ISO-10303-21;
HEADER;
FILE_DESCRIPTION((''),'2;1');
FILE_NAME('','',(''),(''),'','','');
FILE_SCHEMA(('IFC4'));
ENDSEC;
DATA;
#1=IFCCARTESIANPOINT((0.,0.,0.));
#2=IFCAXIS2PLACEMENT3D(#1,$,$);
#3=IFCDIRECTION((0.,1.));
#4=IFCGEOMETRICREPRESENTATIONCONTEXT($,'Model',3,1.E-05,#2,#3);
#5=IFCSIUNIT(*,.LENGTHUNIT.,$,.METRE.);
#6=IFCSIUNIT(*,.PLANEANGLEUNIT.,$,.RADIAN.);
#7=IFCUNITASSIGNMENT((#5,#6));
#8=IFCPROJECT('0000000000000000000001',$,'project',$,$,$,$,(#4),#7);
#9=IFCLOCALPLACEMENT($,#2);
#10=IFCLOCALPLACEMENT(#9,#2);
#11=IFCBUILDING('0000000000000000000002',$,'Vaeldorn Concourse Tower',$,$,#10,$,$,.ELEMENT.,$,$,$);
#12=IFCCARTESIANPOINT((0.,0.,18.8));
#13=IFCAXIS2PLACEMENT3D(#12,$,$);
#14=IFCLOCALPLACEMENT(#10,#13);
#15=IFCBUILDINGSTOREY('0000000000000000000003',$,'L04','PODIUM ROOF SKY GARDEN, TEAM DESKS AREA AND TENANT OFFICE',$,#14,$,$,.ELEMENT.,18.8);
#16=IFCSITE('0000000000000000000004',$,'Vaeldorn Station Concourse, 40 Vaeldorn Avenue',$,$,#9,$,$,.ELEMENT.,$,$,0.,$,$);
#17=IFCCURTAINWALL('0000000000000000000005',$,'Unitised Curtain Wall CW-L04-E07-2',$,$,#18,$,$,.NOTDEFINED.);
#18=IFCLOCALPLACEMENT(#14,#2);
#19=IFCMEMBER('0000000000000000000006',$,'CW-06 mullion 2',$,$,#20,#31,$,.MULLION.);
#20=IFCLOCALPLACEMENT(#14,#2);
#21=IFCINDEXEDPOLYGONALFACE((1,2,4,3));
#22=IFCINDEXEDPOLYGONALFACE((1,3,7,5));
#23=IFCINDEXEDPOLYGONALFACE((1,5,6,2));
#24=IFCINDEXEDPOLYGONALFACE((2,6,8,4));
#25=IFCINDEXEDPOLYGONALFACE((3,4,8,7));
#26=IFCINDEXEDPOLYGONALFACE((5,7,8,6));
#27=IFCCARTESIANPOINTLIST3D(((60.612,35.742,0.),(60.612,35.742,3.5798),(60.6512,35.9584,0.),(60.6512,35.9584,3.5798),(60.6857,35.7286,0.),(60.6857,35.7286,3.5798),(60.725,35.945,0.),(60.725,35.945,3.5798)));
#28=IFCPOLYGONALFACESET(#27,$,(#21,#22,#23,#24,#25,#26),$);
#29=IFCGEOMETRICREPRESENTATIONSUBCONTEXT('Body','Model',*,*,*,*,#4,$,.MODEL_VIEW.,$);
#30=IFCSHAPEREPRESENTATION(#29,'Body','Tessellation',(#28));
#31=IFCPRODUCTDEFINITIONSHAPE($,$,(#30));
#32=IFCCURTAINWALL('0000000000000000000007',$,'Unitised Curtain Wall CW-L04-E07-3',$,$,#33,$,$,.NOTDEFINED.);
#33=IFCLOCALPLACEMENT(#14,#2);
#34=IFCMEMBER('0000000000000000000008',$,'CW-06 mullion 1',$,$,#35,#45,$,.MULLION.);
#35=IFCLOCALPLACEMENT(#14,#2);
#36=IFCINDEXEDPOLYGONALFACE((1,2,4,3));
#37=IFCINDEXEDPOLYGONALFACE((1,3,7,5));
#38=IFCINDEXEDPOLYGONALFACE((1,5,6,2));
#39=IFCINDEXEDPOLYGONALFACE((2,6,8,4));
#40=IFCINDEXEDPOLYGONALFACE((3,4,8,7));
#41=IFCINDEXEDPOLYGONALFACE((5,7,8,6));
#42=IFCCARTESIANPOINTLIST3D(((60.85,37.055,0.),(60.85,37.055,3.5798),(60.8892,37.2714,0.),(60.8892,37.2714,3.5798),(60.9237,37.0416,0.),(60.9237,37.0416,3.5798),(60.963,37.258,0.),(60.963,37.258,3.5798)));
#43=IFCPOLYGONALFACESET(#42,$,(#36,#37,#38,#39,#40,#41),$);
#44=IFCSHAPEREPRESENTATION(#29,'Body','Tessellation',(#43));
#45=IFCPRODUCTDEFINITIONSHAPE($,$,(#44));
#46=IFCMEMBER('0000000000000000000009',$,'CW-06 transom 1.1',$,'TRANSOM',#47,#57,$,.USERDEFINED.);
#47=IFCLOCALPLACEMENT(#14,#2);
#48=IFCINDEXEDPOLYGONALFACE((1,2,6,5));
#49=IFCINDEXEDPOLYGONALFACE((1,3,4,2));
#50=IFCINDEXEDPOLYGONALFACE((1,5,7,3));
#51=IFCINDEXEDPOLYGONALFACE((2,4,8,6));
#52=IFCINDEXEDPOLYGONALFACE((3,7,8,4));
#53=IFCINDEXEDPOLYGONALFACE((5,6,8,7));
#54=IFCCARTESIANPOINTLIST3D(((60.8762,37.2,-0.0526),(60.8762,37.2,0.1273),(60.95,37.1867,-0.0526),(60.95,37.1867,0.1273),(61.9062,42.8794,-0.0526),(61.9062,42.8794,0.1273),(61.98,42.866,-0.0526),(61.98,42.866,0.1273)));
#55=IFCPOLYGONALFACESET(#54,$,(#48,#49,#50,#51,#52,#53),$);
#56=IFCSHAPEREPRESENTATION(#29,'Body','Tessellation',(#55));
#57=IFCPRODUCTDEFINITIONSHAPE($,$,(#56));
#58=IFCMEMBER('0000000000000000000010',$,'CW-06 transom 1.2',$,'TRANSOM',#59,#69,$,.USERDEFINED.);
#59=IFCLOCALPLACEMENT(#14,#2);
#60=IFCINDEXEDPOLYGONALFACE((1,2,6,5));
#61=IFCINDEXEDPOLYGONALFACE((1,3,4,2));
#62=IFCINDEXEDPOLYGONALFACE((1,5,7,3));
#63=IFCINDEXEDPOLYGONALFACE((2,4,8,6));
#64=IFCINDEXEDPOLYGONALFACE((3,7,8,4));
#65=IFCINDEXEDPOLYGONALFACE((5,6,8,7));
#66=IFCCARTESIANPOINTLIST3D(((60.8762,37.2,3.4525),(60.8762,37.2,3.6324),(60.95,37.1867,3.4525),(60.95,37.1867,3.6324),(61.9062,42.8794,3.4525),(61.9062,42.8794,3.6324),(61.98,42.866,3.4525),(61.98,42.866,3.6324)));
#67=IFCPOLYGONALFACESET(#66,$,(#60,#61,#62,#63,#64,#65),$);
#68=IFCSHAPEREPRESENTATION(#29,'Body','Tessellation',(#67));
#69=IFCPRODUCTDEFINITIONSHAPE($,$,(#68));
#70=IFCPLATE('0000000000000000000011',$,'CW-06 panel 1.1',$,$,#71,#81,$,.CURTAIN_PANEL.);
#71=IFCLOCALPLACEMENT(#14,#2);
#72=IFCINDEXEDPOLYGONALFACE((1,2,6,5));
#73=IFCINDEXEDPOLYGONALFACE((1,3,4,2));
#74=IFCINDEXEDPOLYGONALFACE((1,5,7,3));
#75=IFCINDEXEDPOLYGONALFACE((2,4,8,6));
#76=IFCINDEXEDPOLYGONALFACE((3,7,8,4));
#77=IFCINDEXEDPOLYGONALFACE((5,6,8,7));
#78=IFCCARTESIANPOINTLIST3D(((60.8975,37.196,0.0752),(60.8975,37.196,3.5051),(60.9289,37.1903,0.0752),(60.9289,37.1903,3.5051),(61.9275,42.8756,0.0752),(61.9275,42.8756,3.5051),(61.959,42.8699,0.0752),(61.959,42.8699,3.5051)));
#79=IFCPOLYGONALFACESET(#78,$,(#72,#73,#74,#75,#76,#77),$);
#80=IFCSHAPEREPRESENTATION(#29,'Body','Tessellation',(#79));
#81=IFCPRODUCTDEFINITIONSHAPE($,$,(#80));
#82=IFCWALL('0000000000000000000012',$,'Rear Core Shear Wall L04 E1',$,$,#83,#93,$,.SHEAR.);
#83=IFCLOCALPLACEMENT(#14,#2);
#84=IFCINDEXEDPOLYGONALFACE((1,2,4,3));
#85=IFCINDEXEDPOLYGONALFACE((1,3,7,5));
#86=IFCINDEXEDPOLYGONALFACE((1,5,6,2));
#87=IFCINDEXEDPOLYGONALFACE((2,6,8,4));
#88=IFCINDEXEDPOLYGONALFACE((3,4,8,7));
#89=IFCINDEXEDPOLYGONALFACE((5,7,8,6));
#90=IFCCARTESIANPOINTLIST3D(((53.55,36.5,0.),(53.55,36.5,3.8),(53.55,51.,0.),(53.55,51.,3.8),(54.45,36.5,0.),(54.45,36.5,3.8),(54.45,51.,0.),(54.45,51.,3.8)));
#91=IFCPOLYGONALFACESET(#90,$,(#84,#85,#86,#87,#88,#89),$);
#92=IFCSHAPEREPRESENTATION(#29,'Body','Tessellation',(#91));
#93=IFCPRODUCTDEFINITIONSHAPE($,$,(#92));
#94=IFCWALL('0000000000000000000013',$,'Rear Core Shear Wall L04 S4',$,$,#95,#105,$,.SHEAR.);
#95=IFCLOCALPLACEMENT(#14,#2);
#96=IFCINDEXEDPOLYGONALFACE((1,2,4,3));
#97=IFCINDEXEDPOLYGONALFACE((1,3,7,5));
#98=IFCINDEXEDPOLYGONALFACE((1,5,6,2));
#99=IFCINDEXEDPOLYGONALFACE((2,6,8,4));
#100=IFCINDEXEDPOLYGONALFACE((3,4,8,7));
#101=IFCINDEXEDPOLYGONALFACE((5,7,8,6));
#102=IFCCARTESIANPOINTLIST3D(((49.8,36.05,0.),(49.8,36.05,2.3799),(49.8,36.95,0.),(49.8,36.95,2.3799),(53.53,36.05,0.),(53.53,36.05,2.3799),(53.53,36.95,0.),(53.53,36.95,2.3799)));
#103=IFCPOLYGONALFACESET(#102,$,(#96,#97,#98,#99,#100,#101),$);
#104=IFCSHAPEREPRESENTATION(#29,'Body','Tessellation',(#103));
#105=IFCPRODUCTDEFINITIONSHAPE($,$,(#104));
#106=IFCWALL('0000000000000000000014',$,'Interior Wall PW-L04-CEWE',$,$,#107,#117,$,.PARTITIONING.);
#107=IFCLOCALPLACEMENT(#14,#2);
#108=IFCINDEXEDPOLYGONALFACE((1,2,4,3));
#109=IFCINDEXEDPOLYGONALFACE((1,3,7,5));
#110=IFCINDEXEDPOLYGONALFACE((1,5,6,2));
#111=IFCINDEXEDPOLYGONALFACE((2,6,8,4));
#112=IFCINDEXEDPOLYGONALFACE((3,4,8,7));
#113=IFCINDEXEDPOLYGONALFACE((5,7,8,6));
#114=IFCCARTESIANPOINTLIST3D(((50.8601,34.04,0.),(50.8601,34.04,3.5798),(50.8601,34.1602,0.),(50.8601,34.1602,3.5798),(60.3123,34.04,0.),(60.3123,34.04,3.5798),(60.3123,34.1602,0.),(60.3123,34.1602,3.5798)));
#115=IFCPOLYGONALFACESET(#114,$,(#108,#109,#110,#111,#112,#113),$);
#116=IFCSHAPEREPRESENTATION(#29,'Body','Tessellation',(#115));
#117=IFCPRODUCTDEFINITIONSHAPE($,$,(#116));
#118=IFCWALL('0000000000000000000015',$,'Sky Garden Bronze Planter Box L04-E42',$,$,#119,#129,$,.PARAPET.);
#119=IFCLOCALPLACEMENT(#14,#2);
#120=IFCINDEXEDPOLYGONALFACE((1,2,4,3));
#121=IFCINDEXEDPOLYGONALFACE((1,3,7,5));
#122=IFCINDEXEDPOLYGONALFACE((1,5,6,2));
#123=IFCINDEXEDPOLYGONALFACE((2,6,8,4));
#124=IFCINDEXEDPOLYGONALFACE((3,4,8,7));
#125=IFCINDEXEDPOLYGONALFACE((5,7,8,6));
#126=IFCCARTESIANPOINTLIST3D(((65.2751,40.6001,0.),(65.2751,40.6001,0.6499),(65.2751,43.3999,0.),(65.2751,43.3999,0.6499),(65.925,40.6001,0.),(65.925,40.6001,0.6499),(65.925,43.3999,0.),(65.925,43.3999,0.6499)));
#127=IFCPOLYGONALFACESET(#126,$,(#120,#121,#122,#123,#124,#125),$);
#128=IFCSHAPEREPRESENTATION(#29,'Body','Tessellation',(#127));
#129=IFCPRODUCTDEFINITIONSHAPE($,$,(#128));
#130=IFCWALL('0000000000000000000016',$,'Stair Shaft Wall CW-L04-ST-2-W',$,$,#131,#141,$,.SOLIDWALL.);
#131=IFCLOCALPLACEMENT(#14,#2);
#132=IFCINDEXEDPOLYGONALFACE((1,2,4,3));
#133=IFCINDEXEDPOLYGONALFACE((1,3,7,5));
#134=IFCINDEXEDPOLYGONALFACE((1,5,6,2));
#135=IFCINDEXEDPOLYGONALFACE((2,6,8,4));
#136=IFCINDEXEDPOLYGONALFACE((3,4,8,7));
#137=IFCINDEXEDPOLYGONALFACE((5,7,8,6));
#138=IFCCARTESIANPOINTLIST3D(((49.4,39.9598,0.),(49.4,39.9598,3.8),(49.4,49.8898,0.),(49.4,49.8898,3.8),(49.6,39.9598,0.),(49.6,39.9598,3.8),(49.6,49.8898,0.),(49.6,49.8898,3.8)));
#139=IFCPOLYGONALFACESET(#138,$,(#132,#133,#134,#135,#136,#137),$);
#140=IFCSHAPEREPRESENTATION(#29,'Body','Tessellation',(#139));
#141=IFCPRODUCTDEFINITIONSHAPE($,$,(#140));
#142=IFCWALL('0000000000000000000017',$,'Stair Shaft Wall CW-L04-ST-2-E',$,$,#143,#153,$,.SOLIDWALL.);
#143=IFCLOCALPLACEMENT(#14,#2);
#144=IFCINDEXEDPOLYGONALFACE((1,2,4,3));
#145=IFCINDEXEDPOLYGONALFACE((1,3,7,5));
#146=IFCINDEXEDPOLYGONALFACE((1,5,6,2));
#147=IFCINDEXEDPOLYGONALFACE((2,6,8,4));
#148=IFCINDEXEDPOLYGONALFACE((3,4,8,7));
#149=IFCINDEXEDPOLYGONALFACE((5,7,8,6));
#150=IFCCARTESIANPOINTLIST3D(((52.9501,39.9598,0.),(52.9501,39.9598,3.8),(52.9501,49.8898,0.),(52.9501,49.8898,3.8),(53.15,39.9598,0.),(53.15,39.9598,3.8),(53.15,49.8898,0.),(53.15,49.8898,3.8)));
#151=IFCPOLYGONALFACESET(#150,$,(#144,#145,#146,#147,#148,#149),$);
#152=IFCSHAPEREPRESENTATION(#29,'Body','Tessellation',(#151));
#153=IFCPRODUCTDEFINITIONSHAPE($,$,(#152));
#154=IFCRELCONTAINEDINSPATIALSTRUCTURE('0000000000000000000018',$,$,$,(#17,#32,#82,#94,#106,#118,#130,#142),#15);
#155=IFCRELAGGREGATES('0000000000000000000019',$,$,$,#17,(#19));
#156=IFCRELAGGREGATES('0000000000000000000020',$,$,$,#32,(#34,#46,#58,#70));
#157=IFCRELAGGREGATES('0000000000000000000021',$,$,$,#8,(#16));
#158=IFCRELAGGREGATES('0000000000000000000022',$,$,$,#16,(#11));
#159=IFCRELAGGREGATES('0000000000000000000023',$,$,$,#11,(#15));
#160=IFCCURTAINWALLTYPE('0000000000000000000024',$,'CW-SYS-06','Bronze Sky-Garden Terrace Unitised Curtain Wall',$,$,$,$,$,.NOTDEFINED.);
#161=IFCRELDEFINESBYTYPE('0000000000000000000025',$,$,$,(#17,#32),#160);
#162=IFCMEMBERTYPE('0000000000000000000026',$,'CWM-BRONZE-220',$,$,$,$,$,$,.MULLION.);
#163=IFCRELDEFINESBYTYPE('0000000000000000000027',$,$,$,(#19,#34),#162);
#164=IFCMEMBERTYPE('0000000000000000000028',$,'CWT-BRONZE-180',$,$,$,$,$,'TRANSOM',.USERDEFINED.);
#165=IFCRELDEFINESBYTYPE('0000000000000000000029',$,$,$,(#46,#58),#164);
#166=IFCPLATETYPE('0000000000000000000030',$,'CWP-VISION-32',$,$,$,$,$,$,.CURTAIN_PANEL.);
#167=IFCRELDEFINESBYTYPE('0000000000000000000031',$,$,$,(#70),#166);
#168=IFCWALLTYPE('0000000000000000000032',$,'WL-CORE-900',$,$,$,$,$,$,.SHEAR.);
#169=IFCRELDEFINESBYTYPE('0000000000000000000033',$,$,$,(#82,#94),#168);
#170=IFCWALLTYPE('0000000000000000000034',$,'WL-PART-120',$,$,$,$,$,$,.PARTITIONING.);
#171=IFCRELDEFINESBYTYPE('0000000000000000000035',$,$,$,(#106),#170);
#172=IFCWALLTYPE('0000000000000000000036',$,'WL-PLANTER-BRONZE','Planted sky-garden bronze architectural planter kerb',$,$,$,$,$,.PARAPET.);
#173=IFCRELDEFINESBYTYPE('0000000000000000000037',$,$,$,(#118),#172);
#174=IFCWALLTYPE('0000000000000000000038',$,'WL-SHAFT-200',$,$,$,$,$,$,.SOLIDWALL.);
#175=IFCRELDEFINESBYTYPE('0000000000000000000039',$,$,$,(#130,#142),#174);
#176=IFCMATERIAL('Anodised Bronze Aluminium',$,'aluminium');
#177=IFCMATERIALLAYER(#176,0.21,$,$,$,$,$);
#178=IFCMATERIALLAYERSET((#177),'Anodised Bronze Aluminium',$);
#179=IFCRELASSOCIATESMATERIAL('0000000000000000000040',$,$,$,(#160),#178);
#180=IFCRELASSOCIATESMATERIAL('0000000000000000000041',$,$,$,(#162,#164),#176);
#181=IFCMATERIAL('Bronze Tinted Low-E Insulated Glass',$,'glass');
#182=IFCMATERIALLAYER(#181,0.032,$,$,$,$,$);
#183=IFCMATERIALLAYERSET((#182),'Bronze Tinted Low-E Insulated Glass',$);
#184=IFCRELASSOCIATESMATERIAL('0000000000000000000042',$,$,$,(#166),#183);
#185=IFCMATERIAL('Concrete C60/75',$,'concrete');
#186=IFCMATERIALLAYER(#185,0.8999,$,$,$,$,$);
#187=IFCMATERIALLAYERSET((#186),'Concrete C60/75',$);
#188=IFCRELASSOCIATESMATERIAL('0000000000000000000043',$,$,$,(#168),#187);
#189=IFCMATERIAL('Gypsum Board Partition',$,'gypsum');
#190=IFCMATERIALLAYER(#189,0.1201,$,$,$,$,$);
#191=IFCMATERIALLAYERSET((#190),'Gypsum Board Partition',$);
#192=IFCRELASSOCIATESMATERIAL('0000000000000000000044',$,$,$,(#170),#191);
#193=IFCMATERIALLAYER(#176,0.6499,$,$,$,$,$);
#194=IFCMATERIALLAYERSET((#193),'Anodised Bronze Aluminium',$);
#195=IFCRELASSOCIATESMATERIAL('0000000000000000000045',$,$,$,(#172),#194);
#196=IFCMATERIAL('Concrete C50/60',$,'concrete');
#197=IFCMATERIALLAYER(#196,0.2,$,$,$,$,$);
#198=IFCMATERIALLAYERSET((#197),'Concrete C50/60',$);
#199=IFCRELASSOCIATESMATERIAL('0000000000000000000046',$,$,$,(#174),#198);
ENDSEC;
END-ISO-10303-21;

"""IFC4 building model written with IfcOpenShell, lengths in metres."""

from ifc_helpers import new_model, si_unit, direction, frame, frame_2d, origin, origin_2d, place, context, subcontext, project, spatial, rectangle, extrude, source, transform, mapped, material, layer, layer_set, material_profile, profile_set, type_object, element, aggregate, save


model = new_model("IFC4")

# Units and contexts
model_context = context("Model", 3, precision=1e-05, world=origin(), true_north=direction((0.0, 1.0)))
body_context = subcontext(model_context, "Body", "Model", "MODEL_VIEW")
ifc_project = project(units=[si_unit("LENGTHUNIT", "METRE"), si_unit("PLANEANGLEUNIT", "RADIAN")], contexts=[model_context])

# Site, building, storey
site_placement = place(None, origin())
site = spatial("IfcSite", under=ifc_project, at=site_placement, Name="Vaeldorn Station Concourse, 40 Vaeldorn Avenue", CompositionType="ELEMENT", RefElevation=0.0)
building_placement = place(site_placement, origin())
building = spatial("IfcBuilding", under=site, at=building_placement, Name="Vaeldorn Concourse Tower", CompositionType="ELEMENT")
storey_placement = place(building_placement, frame((0.0, 0.0, 18.8)))
storey = spatial("IfcBuildingStorey", under=building, at=storey_placement, Name="L04", Description="PODIUM ROOF SKY GARDEN, TEAM DESKS AREA AND TENANT OFFICE", CompositionType="ELEMENT", Elevation=18.8)

# Shared definitions
ifc_material_1 = material(Name="Concrete C60/75", Category="concrete")

# Curtain wall, member
ifc_material_2 = material(Name="Anodised Bronze Aluminium", Category="aluminium")
ifc_layer_1 = layer(ifc_material_2, 0.21)
ifc_layer_set_1 = layer_set([ifc_layer_1], Name="Anodised Bronze Aluminium")
curtain_wall_type = type_object("IfcCurtainWallType", Name="CW-SYS-06", Description="Bronze Sky-Garden Terrace Unitised Curtain Wall", PredefinedType="NOTDEFINED", material=ifc_layer_set_1)
curtain_wall_1_placement = place(storey_placement, origin())
curtain_wall_1 = element("IfcCurtainWall", 1, at=curtain_wall_1_placement, inside=storey, type_object=curtain_wall_type, Name="Unitised Curtain Wall CW-L04-E07-2", PredefinedType="NOTDEFINED")
ifc_material_profile_1 = material_profile(ifc_material_2, rectangle(XDim=0.075, YDim=0.22, at=origin_2d()), Name="CWM 75x220")
ifc_profile_set_1 = profile_set([ifc_material_profile_1], Name="Anodised Bronze Aluminium")
member_type_1 = type_object("IfcMemberType", Name="CWM-BRONZE-220", PredefinedType="MULLION", material=ifc_profile_set_1)
shared_shape_1 = source(origin(), body_context, "Body", "SweptSolid", [
    extrude(rectangle(XDim=0.075, YDim=0.22, at=origin_2d()), origin(), (0.0, 0.0, 1.0), 3.5798),
])
member_1_placement = place(storey_placement, frame((60.6685, 35.8435, 0.0), z_axis=(0.0, 0.0, 1.0), x_axis=(-0.98395, 0.178443, 0.0)))
member_1 = element("IfcMember", 2, at=member_1_placement, type_object=member_type_1, Name="CW-06 mullion 2", PredefinedType="MULLION", context=body_context, shape_type="MappedRepresentation", body=[
    mapped(shared_shape_1, transform((0.0, 0.0, 0.0), scale=1.0)),
])
aggregate(curtain_wall_1, [member_1])

# Curtain wall, members, plate
curtain_wall_2_placement = place(storey_placement, origin())
curtain_wall_2 = element("IfcCurtainWall", 3, at=curtain_wall_2_placement, inside=storey, type_object=curtain_wall_type, Name="Unitised Curtain Wall CW-L04-E07-3", PredefinedType="NOTDEFINED")
member_2_placement = place(storey_placement, frame((60.9065, 37.1565, 0.0), z_axis=(0.0, 0.0, 1.0), x_axis=(-0.98395, 0.178446, 0.0)))
member_2 = element("IfcMember", 4, at=member_2_placement, type_object=member_type_1, Name="CW-06 mullion 1", PredefinedType="MULLION", context=body_context, shape_type="MappedRepresentation", body=[
    mapped(shared_shape_1, transform((0.0, 0.0, 0.0), scale=1.0)),
])
ifc_material_profile_2 = material_profile(ifc_material_2, rectangle(XDim=0.075, YDim=0.1799, at=origin_2d()), Name="CWT 75x180")
ifc_profile_set_2 = profile_set([ifc_material_profile_2], Name="Anodised Bronze Aluminium")
member_type_2 = type_object("IfcMemberType", Name="CWT-BRONZE-180", ElementType="TRANSOM", PredefinedType="USERDEFINED", material=ifc_profile_set_2)
shared_shape_2 = source(origin(), body_context, "Body", "SweptSolid", [
    extrude(rectangle(XDim=0.075, YDim=0.1799, at=origin_2d()), origin(), (0.0, 0.0, 1.0), 5.772),
])
member_3_placement = place(storey_placement, frame((60.9131, 37.1934, 0.0374), z_axis=(0.17845, 0.983949, 0.0), x_axis=(-0.983949, 0.17845, 0.0)))
member_3 = element("IfcMember", 5, at=member_3_placement, type_object=member_type_2, Name="CW-06 transom 1.1", ObjectType="TRANSOM", PredefinedType="USERDEFINED", context=body_context, shape_type="MappedRepresentation", body=[
    mapped(shared_shape_2, transform((0.0, 0.0, 0.0), scale=1.0)),
])
member_4_placement = place(storey_placement, frame((60.9131, 37.1934, 3.5425), z_axis=(0.17845, 0.983949, 0.0), x_axis=(-0.983949, 0.17845, 0.0)))
member_4 = element("IfcMember", 6, at=member_4_placement, type_object=member_type_2, Name="CW-06 transom 1.2", ObjectType="TRANSOM", PredefinedType="USERDEFINED", context=body_context, shape_type="MappedRepresentation", body=[
    mapped(shared_shape_2, transform((0.0, 0.0, 0.0), scale=1.0)),
])
ifc_material_3 = material(Name="Bronze Tinted Low-E Insulated Glass", Category="glass")
ifc_layer_2 = layer(ifc_material_3, 0.032)
ifc_layer_set_2 = layer_set([ifc_layer_2], Name="Bronze Tinted Low-E Insulated Glass")
plate_type = type_object("IfcPlateType", Name="CWP-VISION-32", PredefinedType="CURTAIN_PANEL", material=ifc_layer_set_2)
shared_shape_3 = source(origin(), body_context, "Body", "SweptSolid", [
    extrude(rectangle(XDim=5.7722, YDim=0.032, at=origin_2d()), origin(), (0.0, 0.0, 1.0), 3.4299),
])
plate_placement = place(storey_placement, frame((61.4282, 40.033, 0.0752), z_axis=(0.0, 0.0, 1.0), x_axis=(0.178446, 0.98395, 0.0)))
plate = element("IfcPlate", 7, at=plate_placement, type_object=plate_type, Name="CW-06 panel 1.1", PredefinedType="CURTAIN_PANEL", context=body_context, shape_type="MappedRepresentation", body=[
    mapped(shared_shape_3, transform((0.0, 0.0, 0.0), scale=1.0)),
])
aggregate(curtain_wall_2, [member_2, member_3, member_4, plate])

# Walls
ifc_layer_3 = layer(ifc_material_1, 0.8999)
ifc_layer_set_3 = layer_set([ifc_layer_3], Name="Concrete C60/75")
wall_type_1 = type_object("IfcWallType", Name="WL-CORE-900", PredefinedType="SHEAR", material=ifc_layer_set_3)
wall_1_placement = place(storey_placement, frame((54.0, 36.5, 0.0), z_axis=(0.0, 0.0, 1.0), x_axis=(0.0, 1.0, 0.0)))
element("IfcWall", 8, at=wall_1_placement, inside=storey, type_object=wall_type_1, Name="Rear Core Shear Wall L04 E1", PredefinedType="SHEAR", context=body_context, shape_type="SweptSolid", body=[
    extrude(rectangle(XDim=14.5, YDim=0.8999, at=frame_2d((7.25, 0.0))), origin(), (0.0, 0.0, 1.0), 3.8),
])
wall_2_placement = place(storey_placement, frame((49.8, 36.5, 0.0), z_axis=(0.0, 0.0, 1.0), x_axis=(1.0, 0.0, 0.0)))
element("IfcWall", 9, at=wall_2_placement, inside=storey, type_object=wall_type_1, Name="Rear Core Shear Wall L04 S4", PredefinedType="SHEAR", context=body_context, shape_type="SweptSolid", body=[
    extrude(rectangle(XDim=3.73, YDim=0.8999, at=frame_2d((1.865, 0.0))), origin(), (0.0, 0.0, 1.0), 2.3799),
])
ifc_material_4 = material(Name="Gypsum Board Partition", Category="gypsum")
ifc_layer_4 = layer(ifc_material_4, 0.1201)
ifc_layer_set_4 = layer_set([ifc_layer_4], Name="Gypsum Board Partition")
wall_type_2 = type_object("IfcWallType", Name="WL-PART-120", PredefinedType="PARTITIONING", material=ifc_layer_set_4)
wall_3_placement = place(storey_placement, frame((50.8601, 34.1001, 0.0), z_axis=(0.0, 0.0, 1.0), x_axis=(1.0, 0.0, 0.0)))
element("IfcWall", 10, at=wall_3_placement, inside=storey, type_object=wall_type_2, Name="Interior Wall PW-L04-CEWE", PredefinedType="PARTITIONING", context=body_context, shape_type="SweptSolid", body=[
    extrude(rectangle(XDim=9.4521, YDim=0.1201, at=frame_2d((4.7261, 0.0))), origin(), (0.0, 0.0, 1.0), 3.5798),
])

# Wall
ifc_layer_5 = layer(ifc_material_2, 0.6499)
ifc_layer_set_5 = layer_set([ifc_layer_5], Name="Anodised Bronze Aluminium")
wall_type_3 = type_object("IfcWallType", Name="WL-PLANTER-BRONZE", Description="Planted sky-garden bronze architectural planter kerb", PredefinedType="PARAPET", material=ifc_layer_set_5)
wall_4_placement = place(storey_placement, frame((65.6001, 40.6001, 0.0), z_axis=(0.0, 0.0, 1.0), x_axis=(0.0, 1.0, 0.0)))
element("IfcWall", 11, at=wall_4_placement, inside=storey, type_object=wall_type_3, Name="Sky Garden Bronze Planter Box L04-E42", PredefinedType="PARAPET", context=body_context, shape_type="SweptSolid", body=[
    extrude(rectangle(XDim=2.7998, YDim=0.6499, at=frame_2d((1.3999, 0.0))), origin(), (0.0, 0.0, 1.0), 0.6499),
])

# Shared definitions
ifc_material_5 = material(Name="Concrete C50/60", Category="concrete")
ifc_layer_6 = layer(ifc_material_5, 0.2)
ifc_layer_set_6 = layer_set([ifc_layer_6], Name="Concrete C50/60")
wall_type_4 = type_object("IfcWallType", Name="WL-SHAFT-200", PredefinedType="SOLIDWALL", material=ifc_layer_set_6)

# Walls
for number, where, z_axis, x_axis, name in (
    (12, (49.5, 39.96, 0.0), (0.0, 0.0, 1.0), (0.0, 1.0, 0.0), "Stair Shaft Wall CW-L04-ST-2-W"),
    (13, (53.05, 39.96, 0.0), (0.0, 0.0, 1.0), (0.0, 1.0, 0.0), "Stair Shaft Wall CW-L04-ST-2-E"),
):
    element("IfcWall", number, at=place(storey_placement, frame(where, z_axis=z_axis, x_axis=x_axis)), inside=storey, type_object=wall_type_4, Name=name, PredefinedType="SOLIDWALL", context=body_context, shape_type="SweptSolid", body=[
        extrude(rectangle(XDim=9.9299, YDim=0.2, at=frame_2d((4.9648, 0.0))), origin(), (0.0, 0.0, 1.0), 3.8),
    ])

save(model, "model.ifc")
